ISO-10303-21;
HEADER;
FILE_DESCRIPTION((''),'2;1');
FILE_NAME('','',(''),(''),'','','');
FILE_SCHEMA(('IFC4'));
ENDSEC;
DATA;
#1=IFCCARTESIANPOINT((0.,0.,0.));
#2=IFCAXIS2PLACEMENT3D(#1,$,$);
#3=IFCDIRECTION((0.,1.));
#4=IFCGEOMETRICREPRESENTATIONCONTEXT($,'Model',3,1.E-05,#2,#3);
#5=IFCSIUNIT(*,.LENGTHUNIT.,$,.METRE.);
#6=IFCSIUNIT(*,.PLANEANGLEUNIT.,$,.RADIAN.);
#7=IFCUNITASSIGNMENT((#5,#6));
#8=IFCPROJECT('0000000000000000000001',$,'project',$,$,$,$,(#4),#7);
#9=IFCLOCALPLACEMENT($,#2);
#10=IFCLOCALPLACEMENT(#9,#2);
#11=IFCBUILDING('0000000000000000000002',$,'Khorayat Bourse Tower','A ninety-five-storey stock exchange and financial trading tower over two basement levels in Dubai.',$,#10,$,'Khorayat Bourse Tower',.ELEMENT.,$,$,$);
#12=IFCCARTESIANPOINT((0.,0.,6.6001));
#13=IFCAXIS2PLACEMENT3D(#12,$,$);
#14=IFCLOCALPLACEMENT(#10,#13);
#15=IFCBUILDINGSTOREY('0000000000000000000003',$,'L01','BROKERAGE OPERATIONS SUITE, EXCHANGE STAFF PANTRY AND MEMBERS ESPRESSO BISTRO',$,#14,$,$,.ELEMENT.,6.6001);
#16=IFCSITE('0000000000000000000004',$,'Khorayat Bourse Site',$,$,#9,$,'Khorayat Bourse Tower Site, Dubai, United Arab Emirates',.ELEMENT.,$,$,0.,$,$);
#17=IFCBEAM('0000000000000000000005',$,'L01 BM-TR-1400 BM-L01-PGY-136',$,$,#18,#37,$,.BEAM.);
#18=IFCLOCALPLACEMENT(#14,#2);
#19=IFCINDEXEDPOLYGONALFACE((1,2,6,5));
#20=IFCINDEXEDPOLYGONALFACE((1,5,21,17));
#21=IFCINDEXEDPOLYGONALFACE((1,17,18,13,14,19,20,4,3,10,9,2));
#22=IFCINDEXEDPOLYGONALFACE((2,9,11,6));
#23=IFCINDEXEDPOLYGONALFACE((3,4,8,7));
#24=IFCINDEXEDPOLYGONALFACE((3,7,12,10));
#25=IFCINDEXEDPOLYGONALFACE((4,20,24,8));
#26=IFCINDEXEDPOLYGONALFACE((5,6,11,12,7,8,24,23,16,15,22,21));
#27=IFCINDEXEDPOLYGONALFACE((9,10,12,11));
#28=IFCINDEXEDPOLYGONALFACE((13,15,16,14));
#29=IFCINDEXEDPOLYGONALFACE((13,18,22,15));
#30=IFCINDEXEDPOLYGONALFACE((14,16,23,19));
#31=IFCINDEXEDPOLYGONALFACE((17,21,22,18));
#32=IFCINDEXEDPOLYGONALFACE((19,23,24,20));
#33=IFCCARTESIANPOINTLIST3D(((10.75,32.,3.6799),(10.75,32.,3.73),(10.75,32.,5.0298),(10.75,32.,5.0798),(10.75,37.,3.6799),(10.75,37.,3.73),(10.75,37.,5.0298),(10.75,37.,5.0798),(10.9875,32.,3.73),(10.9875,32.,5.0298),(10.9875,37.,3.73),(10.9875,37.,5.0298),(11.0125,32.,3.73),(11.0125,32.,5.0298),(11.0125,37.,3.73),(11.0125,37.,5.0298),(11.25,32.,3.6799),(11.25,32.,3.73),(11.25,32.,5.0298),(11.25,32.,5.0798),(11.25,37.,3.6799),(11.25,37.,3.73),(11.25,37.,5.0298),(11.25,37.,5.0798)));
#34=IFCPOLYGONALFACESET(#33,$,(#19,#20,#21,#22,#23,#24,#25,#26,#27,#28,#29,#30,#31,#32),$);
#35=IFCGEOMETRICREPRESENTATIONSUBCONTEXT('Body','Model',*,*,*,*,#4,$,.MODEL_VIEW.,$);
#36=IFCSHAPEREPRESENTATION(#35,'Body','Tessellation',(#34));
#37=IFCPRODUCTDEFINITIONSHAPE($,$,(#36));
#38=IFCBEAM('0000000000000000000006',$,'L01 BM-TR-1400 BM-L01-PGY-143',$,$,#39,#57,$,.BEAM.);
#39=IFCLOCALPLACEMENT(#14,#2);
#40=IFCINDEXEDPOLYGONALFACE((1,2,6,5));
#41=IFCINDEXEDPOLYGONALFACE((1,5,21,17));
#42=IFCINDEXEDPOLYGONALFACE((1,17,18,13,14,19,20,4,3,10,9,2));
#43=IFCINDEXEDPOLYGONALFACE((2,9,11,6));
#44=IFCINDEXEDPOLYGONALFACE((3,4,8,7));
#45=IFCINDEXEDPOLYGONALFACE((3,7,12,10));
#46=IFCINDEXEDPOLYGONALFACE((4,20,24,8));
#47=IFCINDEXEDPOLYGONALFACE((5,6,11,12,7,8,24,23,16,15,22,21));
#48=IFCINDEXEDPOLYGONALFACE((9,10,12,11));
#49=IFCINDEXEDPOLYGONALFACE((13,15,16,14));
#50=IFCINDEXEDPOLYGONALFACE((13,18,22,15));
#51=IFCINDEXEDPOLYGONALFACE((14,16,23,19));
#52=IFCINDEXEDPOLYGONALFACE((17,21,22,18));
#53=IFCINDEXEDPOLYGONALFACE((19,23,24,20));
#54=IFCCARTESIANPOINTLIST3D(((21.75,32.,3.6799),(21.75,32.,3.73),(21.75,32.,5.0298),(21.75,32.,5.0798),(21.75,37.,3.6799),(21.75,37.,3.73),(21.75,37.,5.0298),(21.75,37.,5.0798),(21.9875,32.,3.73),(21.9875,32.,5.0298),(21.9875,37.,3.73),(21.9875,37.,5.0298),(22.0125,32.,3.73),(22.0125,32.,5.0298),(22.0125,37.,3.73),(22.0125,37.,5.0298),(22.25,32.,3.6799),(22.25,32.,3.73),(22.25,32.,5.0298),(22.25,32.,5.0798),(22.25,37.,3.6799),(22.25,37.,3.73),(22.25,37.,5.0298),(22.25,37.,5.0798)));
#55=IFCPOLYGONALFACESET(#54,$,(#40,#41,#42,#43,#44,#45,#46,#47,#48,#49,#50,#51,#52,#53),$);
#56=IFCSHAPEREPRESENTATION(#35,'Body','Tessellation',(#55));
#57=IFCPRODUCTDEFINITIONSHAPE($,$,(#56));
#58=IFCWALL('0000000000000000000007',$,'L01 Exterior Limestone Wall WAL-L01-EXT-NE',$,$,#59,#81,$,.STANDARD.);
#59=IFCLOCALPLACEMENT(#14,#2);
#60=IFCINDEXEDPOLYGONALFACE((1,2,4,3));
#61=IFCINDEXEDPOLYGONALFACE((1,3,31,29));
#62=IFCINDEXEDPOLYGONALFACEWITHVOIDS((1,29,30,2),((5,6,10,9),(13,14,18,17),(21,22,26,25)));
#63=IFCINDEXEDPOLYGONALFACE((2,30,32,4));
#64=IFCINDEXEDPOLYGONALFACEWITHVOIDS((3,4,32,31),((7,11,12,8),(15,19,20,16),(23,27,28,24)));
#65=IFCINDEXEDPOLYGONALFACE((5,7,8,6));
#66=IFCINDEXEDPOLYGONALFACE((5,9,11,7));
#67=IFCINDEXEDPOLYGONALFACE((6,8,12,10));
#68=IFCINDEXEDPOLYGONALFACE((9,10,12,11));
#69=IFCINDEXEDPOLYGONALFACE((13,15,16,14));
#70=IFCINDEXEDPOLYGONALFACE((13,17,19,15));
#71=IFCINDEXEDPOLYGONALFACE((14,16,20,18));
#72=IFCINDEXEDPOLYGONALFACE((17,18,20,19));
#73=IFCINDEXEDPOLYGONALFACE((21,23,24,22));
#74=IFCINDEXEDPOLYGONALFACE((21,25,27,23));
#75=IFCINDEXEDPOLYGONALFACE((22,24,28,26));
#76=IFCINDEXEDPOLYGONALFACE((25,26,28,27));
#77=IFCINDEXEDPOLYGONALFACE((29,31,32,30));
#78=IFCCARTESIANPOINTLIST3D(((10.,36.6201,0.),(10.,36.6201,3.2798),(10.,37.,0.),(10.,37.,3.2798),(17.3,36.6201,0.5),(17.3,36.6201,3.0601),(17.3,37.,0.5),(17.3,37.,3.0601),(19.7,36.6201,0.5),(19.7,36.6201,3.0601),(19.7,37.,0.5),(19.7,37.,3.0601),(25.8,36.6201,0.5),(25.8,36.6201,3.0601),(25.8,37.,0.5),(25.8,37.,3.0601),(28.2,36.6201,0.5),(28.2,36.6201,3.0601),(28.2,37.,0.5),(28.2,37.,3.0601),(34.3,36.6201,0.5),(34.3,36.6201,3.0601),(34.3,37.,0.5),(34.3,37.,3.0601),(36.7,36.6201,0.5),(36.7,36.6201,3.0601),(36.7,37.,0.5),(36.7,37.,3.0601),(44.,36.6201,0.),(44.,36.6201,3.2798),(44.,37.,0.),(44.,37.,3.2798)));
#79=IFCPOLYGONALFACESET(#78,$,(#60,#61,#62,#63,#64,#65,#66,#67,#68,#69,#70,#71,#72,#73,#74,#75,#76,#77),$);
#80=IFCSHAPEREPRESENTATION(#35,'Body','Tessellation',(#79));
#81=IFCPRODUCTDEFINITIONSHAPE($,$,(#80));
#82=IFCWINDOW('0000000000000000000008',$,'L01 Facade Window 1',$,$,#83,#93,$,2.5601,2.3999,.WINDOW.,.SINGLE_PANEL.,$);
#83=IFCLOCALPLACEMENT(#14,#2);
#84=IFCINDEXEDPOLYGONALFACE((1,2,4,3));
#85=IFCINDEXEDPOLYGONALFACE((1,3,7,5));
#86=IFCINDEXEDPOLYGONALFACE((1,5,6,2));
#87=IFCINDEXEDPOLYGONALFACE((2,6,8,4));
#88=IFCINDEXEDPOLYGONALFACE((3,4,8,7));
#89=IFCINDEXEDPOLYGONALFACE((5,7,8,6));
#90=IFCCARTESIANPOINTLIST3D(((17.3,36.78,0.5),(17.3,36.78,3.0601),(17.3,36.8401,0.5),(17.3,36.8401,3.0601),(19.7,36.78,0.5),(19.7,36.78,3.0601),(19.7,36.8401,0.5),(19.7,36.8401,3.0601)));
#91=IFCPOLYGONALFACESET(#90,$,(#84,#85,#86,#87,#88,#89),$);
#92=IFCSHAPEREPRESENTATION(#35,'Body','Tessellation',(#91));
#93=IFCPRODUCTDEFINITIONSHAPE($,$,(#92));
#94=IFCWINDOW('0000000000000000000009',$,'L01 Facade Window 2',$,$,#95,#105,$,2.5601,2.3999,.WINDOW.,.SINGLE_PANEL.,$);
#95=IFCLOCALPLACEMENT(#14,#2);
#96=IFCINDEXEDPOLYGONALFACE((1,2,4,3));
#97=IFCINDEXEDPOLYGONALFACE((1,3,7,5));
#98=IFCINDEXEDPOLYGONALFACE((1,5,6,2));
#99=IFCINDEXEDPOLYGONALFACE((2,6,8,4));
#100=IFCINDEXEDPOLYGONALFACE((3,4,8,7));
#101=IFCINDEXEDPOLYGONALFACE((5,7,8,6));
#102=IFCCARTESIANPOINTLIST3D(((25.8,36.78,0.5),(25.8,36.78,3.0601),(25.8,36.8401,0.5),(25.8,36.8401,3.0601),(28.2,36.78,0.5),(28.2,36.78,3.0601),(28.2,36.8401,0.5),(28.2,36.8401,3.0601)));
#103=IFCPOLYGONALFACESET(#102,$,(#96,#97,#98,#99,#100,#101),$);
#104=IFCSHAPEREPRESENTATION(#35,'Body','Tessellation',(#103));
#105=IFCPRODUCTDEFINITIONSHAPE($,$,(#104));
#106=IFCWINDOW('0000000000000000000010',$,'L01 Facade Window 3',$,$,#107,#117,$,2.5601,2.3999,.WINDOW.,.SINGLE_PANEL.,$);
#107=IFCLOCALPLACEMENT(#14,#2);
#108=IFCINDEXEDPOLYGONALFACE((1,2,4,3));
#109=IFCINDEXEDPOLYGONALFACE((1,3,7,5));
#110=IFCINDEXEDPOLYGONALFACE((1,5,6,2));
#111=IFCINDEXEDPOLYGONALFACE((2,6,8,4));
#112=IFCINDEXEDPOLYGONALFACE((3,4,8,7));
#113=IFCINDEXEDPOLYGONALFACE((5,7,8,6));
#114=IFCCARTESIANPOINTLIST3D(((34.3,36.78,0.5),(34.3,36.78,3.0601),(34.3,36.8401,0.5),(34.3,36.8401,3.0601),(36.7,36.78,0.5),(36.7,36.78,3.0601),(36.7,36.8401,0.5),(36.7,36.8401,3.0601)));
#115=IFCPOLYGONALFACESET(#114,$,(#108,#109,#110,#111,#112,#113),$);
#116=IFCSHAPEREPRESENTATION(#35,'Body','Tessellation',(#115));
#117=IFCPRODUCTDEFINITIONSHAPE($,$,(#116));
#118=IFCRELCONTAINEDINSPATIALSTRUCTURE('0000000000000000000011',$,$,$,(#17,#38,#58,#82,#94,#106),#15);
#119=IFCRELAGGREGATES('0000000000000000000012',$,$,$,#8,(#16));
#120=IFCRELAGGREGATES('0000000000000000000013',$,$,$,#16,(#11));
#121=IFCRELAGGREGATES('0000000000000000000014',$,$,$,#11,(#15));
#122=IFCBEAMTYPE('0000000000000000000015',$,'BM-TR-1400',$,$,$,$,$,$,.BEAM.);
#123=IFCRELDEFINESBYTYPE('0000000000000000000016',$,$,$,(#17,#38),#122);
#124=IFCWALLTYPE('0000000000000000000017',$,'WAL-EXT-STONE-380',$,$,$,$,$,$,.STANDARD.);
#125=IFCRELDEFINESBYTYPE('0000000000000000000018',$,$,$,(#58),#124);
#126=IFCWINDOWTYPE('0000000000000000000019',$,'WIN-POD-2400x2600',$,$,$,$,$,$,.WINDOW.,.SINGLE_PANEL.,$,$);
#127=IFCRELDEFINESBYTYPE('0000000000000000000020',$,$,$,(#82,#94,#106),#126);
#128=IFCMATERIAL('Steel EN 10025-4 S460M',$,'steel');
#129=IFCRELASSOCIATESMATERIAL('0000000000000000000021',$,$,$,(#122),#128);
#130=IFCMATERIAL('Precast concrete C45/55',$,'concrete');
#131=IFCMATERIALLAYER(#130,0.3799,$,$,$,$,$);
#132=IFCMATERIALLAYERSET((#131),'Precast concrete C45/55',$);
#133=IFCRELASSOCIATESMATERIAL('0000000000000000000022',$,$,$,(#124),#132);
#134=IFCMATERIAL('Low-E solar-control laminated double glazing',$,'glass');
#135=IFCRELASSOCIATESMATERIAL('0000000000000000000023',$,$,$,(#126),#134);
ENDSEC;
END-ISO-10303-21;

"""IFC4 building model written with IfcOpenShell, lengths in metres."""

from ifc_helpers import new_model, si_unit, direction, frame, frame_2d, origin, origin_2d, place, context, subcontext, project, spatial, rectangle, i_section, extrude, source, transform, mapped, material, layer, layer_set, material_profile, profile_set, type_object, element, fill, save


model = new_model("IFC4")

# Units and contexts
model_context = context("Model", 3, precision=1e-05, world=origin(), true_north=direction((0.0, 1.0)))
body_context = subcontext(model_context, "Body", "Model", "MODEL_VIEW")
ifc_project = project(units=[si_unit("LENGTHUNIT", "METRE"), si_unit("PLANEANGLEUNIT", "RADIAN")], contexts=[model_context])

# Site, building, storey
site_placement = place(None, origin())
site = spatial("IfcSite", under=ifc_project, at=site_placement, Name="Khorayat Bourse Site", LongName="Khorayat Bourse Tower Site, Dubai, United Arab Emirates", CompositionType="ELEMENT", RefElevation=0.0)
building_placement = place(site_placement, origin())
building = spatial("IfcBuilding", under=site, at=building_placement, Name="Khorayat Bourse Tower", Description="A ninety-five-storey stock exchange and financial trading tower over two basement levels in Dubai.", LongName="Khorayat Bourse Tower", CompositionType="ELEMENT")
storey_placement = place(building_placement, frame((0.0, 0.0, 6.6001)))
storey = spatial("IfcBuildingStorey", under=building, at=storey_placement, Name="L01", Description="BROKERAGE OPERATIONS SUITE, EXCHANGE STAFF PANTRY AND MEMBERS ESPRESSO BISTRO", CompositionType="ELEMENT", Elevation=6.6001)

# Beams
ifc_material_1 = material(Name="Steel EN 10025-4 S460M", Category="steel")
ifc_material_profile_1 = material_profile(ifc_material_1, i_section(OverallWidth=0.5, OverallDepth=1.3999, WebThickness=0.0249, FlangeThickness=0.05, at=origin_2d()), Name="PG 1400x500x25x50")
ifc_profile_set_1 = profile_set([ifc_material_profile_1], Name="Steel EN 10025-4 S460M")
beam_type_1 = type_object("IfcBeamType", Name="BM-TR-1400", PredefinedType="BEAM", material=ifc_profile_set_1)
shared_shape_1 = source(origin(), body_context, "Body", "SweptSolid", [
    extrude(i_section(OverallWidth=0.5, OverallDepth=1.3999, WebThickness=0.0249, FlangeThickness=0.05, at=origin_2d()), origin(), (0.0, 0.0, 1.0), 5.0),
])
for number, where, z_axis, x_axis, name in (
    (1, (11.0, 32.0, 4.3799), (0.0, 1.0, 0.0), (-1.0, 0.0, 0.0), "L01 BM-TR-1400 BM-L01-PGY-136"),
    (2, (22.0, 32.0, 4.3799), (0.0, 1.0, 0.0), (-1.0, 0.0, 0.0), "L01 BM-TR-1400 BM-L01-PGY-143"),
):
    element("IfcBeam", number, at=place(storey_placement, frame(where, z_axis=z_axis, x_axis=x_axis)), inside=storey, type_object=beam_type_1, Name=name, PredefinedType="BEAM", context=body_context, shape_type="MappedRepresentation", body=[
        mapped(shared_shape_1, transform((0.0, 0.0, 0.0), scale=1.0)),
    ])

# Wall, openings, windows
ifc_material_2 = material(Name="Precast concrete C45/55", Category="concrete")
ifc_layer = layer(ifc_material_2, 0.3799)
ifc_layer_set = layer_set([ifc_layer], Name="Precast concrete C45/55")
wall_type = type_object("IfcWallType", Name="WAL-EXT-STONE-380", PredefinedType="STANDARD", material=ifc_layer_set)
shared_shape_2 = source(origin(), body_context, "Body", "SweptSolid", [
    extrude(rectangle(XDim=34.0, YDim=0.3799, at=frame_2d((17.0, 0.0))), origin(), (0.0, 0.0, 1.0), 3.2798),
])
wall_placement = place(storey_placement, frame((10.0, 36.8101, 0.0), z_axis=(0.0, 0.0, 1.0), x_axis=(1.0, 0.0, 0.0)))
wall = element("IfcWall", 3, at=wall_placement, inside=storey, type_object=wall_type, Name="L01 Exterior Limestone Wall WAL-L01-EXT-NE", PredefinedType="STANDARD", context=body_context, shape_type="MappedRepresentation", body=[
    mapped(shared_shape_2, transform((0.0, 0.0, 0.0), scale=1.0)),
])
shared_shape_3 = source(origin(), body_context, "Body", "SweptSolid", [
    extrude(rectangle(XDim=2.3999, YDim=2.5601, at=frame_2d((1.2, 1.28))), frame((0.0, 0.2, 0.0), z_axis=(0.0, -1.0, 0.0), x_axis=(1.0, 0.0, 0.0)), (0.0, 0.0, 1.0), 0.3999),
])
opening_1_placement = place(wall_placement, frame((7.3, 0.0, 0.5)))
opening_1 = element("IfcOpeningElement", 4, at=opening_1_placement, cuts=wall, PredefinedType="OPENING", context=body_context, shape_type="MappedRepresentation", body=[
    mapped(shared_shape_3, transform((0.0, 0.0, 0.0), scale=1.0)),
])
opening_2_placement = place(wall_placement, frame((15.8, 0.0, 0.5)))
opening_2 = element("IfcOpeningElement", 5, at=opening_2_placement, cuts=wall, PredefinedType="OPENING", context=body_context, shape_type="MappedRepresentation", body=[
    mapped(shared_shape_3, transform((0.0, 0.0, 0.0), scale=1.0)),
])
opening_3_placement = place(wall_placement, frame((24.3, 0.0, 0.5)))
opening_3 = element("IfcOpeningElement", 6, at=opening_3_placement, cuts=wall, PredefinedType="OPENING", context=body_context, shape_type="MappedRepresentation", body=[
    mapped(shared_shape_3, transform((0.0, 0.0, 0.0), scale=1.0)),
])
ifc_material_3 = material(Name="Low-E solar-control laminated double glazing", Category="glass")
window_type = type_object("IfcWindowType", Name="WIN-POD-2400x2600", PartitioningType="SINGLE_PANEL", PredefinedType="WINDOW", material=ifc_material_3)
shared_shape_4 = source(origin(), body_context, "Body", "SweptSolid", [
    extrude(rectangle(XDim=2.3999, YDim=2.5601, at=frame_2d((1.2, 1.28))), frame((0.0, 0.03, 0.0), z_axis=(0.0, -1.0, 0.0), x_axis=(1.0, 0.0, 0.0)), (0.0, 0.0, 1.0), 0.0601),
])
window_1_placement = place(opening_1_placement, origin())
window_1 = element("IfcWindow", 7, at=window_1_placement, inside=storey, type_object=window_type, Name="L01 Facade Window 1", OverallHeight=2.5601, OverallWidth=2.3999, PartitioningType="SINGLE_PANEL", PredefinedType="WINDOW", context=body_context, shape_type="MappedRepresentation", body=[
    mapped(shared_shape_4, transform((0.0, 0.0, 0.0), scale=1.0)),
])
fill(opening_1, window_1)
window_2_placement = place(opening_2_placement, origin())
window_2 = element("IfcWindow", 8, at=window_2_placement, inside=storey, type_object=window_type, Name="L01 Facade Window 2", OverallHeight=2.5601, OverallWidth=2.3999, PartitioningType="SINGLE_PANEL", PredefinedType="WINDOW", context=body_context, shape_type="MappedRepresentation", body=[
    mapped(shared_shape_4, transform((0.0, 0.0, 0.0), scale=1.0)),
])
fill(opening_2, window_2)
window_3_placement = place(opening_3_placement, origin())
window_3 = element("IfcWindow", 9, at=window_3_placement, inside=storey, type_object=window_type, Name="L01 Facade Window 3", OverallHeight=2.5601, OverallWidth=2.3999, PartitioningType="SINGLE_PANEL", PredefinedType="WINDOW", context=body_context, shape_type="MappedRepresentation", body=[
    mapped(shared_shape_4, transform((0.0, 0.0, 0.0), scale=1.0)),
])
fill(opening_3, window_3)

save(model, "model.ifc")
